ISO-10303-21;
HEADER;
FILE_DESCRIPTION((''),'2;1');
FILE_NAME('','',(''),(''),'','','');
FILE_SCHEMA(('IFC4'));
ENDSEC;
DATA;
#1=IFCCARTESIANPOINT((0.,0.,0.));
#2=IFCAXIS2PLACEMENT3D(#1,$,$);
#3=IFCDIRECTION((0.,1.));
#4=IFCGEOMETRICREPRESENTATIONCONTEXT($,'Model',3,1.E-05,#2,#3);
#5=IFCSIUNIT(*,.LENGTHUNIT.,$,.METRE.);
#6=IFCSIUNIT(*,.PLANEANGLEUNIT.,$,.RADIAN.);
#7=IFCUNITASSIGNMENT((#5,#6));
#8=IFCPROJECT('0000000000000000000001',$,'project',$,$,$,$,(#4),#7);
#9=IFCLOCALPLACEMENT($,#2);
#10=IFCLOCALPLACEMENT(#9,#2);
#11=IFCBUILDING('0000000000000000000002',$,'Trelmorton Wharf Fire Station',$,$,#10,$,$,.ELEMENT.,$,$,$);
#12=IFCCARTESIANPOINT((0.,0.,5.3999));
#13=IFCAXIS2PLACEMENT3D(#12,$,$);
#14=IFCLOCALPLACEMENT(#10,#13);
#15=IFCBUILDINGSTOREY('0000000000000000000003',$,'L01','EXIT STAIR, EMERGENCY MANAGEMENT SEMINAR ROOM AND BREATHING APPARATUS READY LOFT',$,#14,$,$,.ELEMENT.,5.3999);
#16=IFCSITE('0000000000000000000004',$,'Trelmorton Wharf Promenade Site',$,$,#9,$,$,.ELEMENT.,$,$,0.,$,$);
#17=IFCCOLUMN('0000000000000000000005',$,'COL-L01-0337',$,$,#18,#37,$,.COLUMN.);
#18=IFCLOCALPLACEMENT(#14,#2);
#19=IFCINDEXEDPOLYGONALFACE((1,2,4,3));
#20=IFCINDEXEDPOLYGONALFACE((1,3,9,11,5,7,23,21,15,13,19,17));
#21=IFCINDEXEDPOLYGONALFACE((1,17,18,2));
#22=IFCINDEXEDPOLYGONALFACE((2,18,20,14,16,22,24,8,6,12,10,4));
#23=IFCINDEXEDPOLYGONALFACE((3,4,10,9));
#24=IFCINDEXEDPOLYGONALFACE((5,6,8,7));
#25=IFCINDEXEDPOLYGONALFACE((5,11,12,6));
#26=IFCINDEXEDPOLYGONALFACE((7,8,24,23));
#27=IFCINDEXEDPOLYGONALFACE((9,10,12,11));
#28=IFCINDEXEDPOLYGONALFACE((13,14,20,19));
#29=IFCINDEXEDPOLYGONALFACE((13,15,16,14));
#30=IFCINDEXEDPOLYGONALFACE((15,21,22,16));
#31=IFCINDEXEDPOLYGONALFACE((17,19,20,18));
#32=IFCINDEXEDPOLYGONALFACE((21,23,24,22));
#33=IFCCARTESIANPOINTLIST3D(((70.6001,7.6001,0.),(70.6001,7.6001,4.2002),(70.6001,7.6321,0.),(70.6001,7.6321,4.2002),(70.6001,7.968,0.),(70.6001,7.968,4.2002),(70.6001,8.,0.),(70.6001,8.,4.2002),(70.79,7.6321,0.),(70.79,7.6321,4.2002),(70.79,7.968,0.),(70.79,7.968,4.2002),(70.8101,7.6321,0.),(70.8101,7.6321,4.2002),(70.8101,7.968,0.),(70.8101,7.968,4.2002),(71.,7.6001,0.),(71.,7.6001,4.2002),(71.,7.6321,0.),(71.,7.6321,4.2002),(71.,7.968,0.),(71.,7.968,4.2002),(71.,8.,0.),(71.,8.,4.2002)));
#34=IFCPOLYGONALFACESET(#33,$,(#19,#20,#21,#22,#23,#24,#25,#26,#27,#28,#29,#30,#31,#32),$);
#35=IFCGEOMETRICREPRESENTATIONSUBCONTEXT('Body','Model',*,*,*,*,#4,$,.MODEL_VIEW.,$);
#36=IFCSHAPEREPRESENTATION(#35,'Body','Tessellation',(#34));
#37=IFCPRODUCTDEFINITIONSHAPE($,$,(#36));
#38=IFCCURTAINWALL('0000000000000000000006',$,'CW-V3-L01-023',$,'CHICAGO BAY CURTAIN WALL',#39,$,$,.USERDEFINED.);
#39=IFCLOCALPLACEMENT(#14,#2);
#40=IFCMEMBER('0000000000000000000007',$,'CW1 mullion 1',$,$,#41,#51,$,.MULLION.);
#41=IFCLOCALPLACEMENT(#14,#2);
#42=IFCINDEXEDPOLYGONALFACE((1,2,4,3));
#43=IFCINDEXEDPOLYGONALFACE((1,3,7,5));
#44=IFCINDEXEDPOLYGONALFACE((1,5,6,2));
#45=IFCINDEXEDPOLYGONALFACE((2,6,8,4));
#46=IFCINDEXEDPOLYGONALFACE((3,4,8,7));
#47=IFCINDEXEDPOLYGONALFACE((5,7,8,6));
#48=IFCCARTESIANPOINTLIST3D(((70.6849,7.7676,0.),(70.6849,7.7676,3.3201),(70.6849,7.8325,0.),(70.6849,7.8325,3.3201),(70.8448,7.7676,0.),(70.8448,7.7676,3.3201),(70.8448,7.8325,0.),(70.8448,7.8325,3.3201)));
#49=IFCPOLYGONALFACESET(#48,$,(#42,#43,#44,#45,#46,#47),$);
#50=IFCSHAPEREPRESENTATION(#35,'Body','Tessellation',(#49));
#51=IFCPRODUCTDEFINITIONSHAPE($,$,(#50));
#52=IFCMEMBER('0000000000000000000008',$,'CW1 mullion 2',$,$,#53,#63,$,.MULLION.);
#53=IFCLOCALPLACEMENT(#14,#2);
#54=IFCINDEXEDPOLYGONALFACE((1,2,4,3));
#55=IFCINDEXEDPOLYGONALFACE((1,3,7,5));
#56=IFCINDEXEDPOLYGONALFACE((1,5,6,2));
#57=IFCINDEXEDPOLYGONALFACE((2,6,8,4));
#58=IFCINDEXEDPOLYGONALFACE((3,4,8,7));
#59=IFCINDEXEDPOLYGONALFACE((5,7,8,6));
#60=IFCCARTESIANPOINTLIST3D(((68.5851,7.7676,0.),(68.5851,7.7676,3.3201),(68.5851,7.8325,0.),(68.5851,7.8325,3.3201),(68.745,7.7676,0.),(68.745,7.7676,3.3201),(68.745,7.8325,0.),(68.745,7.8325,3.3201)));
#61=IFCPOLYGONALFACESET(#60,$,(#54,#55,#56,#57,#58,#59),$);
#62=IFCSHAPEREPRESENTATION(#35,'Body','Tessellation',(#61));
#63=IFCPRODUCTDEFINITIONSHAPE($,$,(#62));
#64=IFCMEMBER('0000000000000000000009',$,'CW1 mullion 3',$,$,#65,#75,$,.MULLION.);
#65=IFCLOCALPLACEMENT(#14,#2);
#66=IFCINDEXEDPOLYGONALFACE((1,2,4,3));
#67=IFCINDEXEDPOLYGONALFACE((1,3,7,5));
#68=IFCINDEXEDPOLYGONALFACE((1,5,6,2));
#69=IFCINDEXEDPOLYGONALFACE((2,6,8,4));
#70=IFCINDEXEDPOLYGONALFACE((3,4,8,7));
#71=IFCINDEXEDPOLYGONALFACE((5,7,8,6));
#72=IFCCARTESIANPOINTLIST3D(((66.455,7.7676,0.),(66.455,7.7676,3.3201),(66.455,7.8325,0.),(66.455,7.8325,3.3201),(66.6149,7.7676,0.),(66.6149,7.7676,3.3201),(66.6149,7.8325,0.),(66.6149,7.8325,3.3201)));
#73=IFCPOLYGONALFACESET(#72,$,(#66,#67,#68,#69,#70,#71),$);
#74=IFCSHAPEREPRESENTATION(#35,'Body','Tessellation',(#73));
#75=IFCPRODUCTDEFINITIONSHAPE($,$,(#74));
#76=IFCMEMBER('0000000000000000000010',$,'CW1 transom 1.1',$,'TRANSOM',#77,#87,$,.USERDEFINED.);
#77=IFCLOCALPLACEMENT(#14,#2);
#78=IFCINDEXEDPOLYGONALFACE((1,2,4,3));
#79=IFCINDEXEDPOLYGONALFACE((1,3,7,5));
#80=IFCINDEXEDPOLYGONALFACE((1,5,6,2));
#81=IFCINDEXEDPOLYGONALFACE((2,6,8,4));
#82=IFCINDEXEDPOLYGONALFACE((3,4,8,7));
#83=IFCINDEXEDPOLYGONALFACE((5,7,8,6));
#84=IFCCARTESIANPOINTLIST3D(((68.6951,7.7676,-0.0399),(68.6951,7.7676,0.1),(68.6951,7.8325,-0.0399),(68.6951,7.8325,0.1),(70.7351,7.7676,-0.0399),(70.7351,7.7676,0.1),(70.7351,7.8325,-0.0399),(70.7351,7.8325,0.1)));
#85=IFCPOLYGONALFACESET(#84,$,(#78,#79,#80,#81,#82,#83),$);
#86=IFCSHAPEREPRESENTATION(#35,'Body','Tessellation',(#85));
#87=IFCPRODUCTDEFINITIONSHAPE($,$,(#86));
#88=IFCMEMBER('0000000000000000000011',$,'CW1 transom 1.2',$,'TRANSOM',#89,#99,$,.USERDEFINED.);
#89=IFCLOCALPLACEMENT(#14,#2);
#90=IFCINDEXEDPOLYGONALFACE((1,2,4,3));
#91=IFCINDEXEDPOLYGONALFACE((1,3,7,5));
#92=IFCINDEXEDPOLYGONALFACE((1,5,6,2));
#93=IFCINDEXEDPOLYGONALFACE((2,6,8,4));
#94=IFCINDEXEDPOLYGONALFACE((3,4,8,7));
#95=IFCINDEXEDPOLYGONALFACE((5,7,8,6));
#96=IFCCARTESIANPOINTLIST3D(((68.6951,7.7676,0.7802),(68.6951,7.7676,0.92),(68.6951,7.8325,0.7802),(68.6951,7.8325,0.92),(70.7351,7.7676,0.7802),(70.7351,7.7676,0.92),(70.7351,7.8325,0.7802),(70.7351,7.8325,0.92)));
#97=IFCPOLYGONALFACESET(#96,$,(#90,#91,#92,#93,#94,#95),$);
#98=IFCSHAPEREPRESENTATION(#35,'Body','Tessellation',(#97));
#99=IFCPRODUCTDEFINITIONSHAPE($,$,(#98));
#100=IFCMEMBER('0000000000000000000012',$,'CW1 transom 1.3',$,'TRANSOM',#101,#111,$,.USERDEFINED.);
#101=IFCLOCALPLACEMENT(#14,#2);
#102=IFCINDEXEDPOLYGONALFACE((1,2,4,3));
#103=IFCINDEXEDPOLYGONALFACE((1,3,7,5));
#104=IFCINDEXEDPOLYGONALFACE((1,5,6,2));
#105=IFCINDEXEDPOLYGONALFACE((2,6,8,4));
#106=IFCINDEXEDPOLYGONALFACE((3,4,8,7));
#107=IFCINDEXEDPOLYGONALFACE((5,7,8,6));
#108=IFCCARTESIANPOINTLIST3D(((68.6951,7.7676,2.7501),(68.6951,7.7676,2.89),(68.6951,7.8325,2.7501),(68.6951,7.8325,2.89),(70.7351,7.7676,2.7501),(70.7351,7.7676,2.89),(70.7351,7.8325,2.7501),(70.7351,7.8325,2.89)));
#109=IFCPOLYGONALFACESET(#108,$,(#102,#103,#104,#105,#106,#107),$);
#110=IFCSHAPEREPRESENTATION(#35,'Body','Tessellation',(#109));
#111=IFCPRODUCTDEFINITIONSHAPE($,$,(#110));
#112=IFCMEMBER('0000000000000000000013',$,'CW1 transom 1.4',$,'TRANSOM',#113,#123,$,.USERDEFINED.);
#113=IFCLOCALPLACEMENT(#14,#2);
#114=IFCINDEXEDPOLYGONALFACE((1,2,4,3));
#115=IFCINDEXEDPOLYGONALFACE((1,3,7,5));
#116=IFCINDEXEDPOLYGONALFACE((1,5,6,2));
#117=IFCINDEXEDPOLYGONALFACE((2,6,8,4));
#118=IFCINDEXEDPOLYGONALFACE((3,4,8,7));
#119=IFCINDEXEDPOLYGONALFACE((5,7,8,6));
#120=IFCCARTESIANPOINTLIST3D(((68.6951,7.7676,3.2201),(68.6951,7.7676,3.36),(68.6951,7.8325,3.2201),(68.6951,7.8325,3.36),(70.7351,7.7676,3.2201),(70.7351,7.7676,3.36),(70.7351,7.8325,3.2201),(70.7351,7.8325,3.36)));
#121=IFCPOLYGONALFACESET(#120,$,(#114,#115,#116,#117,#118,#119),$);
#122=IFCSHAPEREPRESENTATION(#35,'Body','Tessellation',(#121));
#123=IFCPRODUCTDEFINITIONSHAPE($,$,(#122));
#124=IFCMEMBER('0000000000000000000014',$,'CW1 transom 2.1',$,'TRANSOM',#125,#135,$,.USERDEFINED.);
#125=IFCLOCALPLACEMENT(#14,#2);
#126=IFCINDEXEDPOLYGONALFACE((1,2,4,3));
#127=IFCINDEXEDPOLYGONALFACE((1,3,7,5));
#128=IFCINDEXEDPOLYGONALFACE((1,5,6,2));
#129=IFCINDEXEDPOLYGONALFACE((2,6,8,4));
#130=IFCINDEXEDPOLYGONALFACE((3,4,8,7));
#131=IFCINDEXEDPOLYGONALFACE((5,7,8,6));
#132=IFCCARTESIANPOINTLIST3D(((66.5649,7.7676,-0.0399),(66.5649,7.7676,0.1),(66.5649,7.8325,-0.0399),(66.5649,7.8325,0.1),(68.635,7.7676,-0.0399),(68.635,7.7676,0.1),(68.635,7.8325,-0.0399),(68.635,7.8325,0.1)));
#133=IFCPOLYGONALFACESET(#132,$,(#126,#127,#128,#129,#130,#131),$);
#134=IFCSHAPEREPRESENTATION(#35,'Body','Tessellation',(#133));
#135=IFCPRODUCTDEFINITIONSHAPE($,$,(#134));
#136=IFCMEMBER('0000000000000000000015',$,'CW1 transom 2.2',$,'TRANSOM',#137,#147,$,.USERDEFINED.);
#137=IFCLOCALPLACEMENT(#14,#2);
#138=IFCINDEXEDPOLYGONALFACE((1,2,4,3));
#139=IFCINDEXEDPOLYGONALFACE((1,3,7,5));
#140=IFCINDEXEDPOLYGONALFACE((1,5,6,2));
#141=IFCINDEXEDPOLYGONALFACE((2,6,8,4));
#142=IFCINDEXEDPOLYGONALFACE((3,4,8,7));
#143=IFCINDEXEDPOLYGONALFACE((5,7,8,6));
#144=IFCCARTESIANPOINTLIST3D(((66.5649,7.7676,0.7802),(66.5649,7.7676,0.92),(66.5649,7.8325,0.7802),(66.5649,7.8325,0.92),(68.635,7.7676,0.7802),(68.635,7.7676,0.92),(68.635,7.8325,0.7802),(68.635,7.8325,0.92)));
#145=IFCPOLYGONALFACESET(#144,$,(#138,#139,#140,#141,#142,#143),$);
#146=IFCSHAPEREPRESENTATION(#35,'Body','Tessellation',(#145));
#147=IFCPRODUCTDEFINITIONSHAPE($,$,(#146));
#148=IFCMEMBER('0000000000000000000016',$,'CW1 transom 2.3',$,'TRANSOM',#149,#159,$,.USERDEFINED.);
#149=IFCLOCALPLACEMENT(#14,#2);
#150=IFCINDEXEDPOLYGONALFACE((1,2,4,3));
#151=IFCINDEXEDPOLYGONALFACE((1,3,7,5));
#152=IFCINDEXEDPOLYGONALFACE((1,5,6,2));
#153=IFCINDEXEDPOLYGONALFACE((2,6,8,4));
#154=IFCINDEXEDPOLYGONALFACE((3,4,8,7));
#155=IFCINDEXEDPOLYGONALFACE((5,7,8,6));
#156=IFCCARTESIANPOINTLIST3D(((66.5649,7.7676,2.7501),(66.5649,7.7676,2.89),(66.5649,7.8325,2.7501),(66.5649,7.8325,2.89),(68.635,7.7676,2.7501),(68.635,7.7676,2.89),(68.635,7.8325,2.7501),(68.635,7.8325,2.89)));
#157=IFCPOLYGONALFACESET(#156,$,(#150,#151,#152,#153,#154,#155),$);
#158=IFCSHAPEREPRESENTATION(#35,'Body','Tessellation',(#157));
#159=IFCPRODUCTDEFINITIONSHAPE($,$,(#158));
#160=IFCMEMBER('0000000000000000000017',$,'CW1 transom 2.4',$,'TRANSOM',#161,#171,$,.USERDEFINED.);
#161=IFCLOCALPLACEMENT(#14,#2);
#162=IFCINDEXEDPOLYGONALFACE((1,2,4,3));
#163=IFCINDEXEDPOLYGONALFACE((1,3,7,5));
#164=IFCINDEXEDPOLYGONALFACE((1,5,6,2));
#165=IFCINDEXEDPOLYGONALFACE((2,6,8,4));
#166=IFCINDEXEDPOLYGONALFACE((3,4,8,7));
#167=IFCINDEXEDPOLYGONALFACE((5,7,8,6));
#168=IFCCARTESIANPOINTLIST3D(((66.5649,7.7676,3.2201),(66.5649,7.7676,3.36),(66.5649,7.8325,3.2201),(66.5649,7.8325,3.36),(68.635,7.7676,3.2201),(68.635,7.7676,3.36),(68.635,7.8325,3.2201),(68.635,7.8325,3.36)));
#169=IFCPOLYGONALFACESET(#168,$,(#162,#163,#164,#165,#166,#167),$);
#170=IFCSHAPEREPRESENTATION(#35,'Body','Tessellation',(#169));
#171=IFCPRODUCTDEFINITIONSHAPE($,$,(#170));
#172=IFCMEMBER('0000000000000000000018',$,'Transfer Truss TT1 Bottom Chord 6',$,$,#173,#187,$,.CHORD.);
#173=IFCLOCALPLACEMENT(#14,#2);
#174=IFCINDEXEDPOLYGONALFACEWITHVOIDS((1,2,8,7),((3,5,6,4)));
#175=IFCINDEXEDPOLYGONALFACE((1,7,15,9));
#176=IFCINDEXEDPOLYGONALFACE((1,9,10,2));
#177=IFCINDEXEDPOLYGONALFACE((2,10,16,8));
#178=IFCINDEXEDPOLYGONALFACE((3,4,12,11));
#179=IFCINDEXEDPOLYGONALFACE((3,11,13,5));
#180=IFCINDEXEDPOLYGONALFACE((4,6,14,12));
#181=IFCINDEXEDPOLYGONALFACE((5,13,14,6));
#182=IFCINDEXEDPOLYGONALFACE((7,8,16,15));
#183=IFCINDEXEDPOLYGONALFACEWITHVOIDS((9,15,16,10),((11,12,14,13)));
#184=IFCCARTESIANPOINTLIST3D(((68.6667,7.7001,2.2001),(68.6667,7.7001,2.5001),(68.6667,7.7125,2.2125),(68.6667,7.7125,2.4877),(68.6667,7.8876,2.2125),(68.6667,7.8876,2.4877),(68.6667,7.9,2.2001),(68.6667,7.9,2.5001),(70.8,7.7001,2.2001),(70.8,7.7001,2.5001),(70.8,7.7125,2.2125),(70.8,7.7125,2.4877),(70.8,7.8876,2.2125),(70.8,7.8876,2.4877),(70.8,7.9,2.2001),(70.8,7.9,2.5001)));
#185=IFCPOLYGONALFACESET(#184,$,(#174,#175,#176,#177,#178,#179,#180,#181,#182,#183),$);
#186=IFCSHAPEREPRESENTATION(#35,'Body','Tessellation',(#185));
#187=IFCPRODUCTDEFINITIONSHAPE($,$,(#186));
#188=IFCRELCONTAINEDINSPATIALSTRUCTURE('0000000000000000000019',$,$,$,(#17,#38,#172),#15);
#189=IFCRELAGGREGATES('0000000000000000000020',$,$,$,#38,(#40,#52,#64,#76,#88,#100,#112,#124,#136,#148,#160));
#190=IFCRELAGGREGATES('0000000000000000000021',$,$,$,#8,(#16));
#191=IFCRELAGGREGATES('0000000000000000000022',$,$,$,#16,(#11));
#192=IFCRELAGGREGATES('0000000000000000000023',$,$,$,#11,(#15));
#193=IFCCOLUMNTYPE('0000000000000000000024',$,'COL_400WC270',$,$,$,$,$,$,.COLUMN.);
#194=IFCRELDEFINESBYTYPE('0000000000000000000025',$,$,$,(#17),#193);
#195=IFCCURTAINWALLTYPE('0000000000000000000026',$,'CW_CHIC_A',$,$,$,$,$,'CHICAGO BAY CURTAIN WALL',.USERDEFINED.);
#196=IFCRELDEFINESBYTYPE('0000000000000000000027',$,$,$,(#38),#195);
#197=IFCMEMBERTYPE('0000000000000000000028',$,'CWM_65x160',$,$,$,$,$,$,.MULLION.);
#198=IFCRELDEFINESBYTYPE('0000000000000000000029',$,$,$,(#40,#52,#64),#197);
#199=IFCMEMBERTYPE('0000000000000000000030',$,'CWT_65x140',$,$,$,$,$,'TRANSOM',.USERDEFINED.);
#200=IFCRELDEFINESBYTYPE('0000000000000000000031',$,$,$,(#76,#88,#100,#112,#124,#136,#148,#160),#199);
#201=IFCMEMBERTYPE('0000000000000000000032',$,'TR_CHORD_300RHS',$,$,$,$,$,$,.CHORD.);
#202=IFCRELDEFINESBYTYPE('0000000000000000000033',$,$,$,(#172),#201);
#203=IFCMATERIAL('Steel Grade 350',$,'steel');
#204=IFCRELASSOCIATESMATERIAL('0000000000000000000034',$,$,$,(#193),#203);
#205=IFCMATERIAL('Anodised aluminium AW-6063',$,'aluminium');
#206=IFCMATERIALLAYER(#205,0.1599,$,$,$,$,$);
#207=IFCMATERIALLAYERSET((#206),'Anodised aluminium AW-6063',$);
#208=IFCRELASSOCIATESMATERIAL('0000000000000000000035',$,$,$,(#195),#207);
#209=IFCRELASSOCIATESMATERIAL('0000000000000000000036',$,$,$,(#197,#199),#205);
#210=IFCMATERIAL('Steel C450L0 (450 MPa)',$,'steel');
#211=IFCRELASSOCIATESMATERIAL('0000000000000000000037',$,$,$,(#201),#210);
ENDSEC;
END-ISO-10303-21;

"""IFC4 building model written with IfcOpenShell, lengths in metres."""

from ifc_helpers import new_model, si_unit, direction, frame, origin, origin_2d, place, context, subcontext, project, spatial, rectangle, hollow_rectangle, i_section, extrude, material, layer, layer_set, material_profile, profile_set, type_object, element, aggregate, save


model = new_model("IFC4")

# Units and contexts
model_context = context("Model", 3, precision=1e-05, world=origin(), true_north=direction((0.0, 1.0)))
body_context = subcontext(model_context, "Body", "Model", "MODEL_VIEW")
ifc_project = project(units=[si_unit("LENGTHUNIT", "METRE"), si_unit("PLANEANGLEUNIT", "RADIAN")], contexts=[model_context])

# Site, building, storey
site_placement = place(None, origin())
site = spatial("IfcSite", under=ifc_project, at=site_placement, Name="Trelmorton Wharf Promenade Site", CompositionType="ELEMENT", RefElevation=0.0)
building_placement = place(site_placement, origin())
building = spatial("IfcBuilding", under=site, at=building_placement, Name="Trelmorton Wharf Fire Station", CompositionType="ELEMENT")
storey_placement = place(building_placement, frame((0.0, 0.0, 5.3999)))
storey = spatial("IfcBuildingStorey", under=building, at=storey_placement, Name="L01", Description="EXIT STAIR, EMERGENCY MANAGEMENT SEMINAR ROOM AND BREATHING APPARATUS READY LOFT", CompositionType="ELEMENT", Elevation=5.3999)

# Column
ifc_material_1 = material(Name="Steel Grade 350", Category="steel")
ifc_material_profile_1 = material_profile(ifc_material_1, i_section(OverallWidth=0.3999, OverallDepth=0.3999, WebThickness=0.02, FlangeThickness=0.032, at=origin_2d()), Name="400WC270")
ifc_profile_set_1 = profile_set([ifc_material_profile_1], Name="Steel Grade 350")
column_type = type_object("IfcColumnType", Name="COL_400WC270", PredefinedType="COLUMN", material=ifc_profile_set_1)
column_placement = place(storey_placement, frame((70.8, 7.8, 0.0), z_axis=(0.0, 0.0, 1.0), x_axis=(1.0, 0.0, 0.0)))
element("IfcColumn", 1, at=column_placement, inside=storey, type_object=column_type, Name="COL-L01-0337", PredefinedType="COLUMN", context=body_context, shape_type="SweptSolid", body=[
    extrude(i_section(OverallWidth=0.3999, OverallDepth=0.3999, WebThickness=0.02, FlangeThickness=0.032, at=origin_2d()), origin(), (0.0, 0.0, 1.0), 4.2002),
])

# Curtain wall, members
ifc_material_2 = material(Name="Anodised aluminium AW-6063", Category="aluminium")
ifc_layer_1 = layer(ifc_material_2, 0.1599)
ifc_layer_set_1 = layer_set([ifc_layer_1], Name="Anodised aluminium AW-6063")
curtain_wall_type = type_object("IfcCurtainWallType", Name="CW_CHIC_A", ElementType="CHICAGO BAY CURTAIN WALL", PredefinedType="USERDEFINED", material=ifc_layer_set_1)
curtain_wall_placement = place(storey_placement, origin())
curtain_wall = element("IfcCurtainWall", 2, at=curtain_wall_placement, inside=storey, type_object=curtain_wall_type, Name="CW-V3-L01-023", ObjectType="CHICAGO BAY CURTAIN WALL", PredefinedType="USERDEFINED")
ifc_material_profile_2 = material_profile(ifc_material_2, rectangle(XDim=0.0649, YDim=0.1599, at=origin_2d()), Name="ALU-65x160")
ifc_profile_set_2 = profile_set([ifc_material_profile_2], Name="Anodised aluminium AW-6063")
member_type_1 = type_object("IfcMemberType", Name="CWM_65x160", PredefinedType="MULLION", material=ifc_profile_set_2)
member_1_placement = place(storey_placement, frame((70.7649, 7.8, 0.0), z_axis=(0.0, 0.0, 1.0), x_axis=(0.0, -1.0, 0.0)))
member_1 = element("IfcMember", 3, at=member_1_placement, type_object=member_type_1, Name="CW1 mullion 1", PredefinedType="MULLION", context=body_context, shape_type="SweptSolid", body=[
    extrude(rectangle(XDim=0.0649, YDim=0.1599, at=origin_2d()), origin(), (0.0, 0.0, 1.0), 3.3201),
])
member_2_placement = place(storey_placement, frame((68.665, 7.8, 0.0), z_axis=(0.0, 0.0, 1.0), x_axis=(0.0, -1.0, 0.0)))
member_2 = element("IfcMember", 4, at=member_2_placement, type_object=member_type_1, Name="CW1 mullion 2", PredefinedType="MULLION", context=body_context, shape_type="SweptSolid", body=[
    extrude(rectangle(XDim=0.0649, YDim=0.1599, at=origin_2d()), origin(), (0.0, 0.0, 1.0), 3.3201),
])
member_3_placement = place(storey_placement, frame((66.5349, 7.8, 0.0), z_axis=(0.0, 0.0, 1.0), x_axis=(0.0, -1.0, 0.0)))
member_3 = element("IfcMember", 5, at=member_3_placement, type_object=member_type_1, Name="CW1 mullion 3", PredefinedType="MULLION", context=body_context, shape_type="SweptSolid", body=[
    extrude(rectangle(XDim=0.0649, YDim=0.1599, at=origin_2d()), origin(), (0.0, 0.0, 1.0), 3.3201),
])
ifc_material_profile_3 = material_profile(ifc_material_2, rectangle(XDim=0.0649, YDim=0.1399, at=origin_2d()), Name="ALU-65x140")
ifc_profile_set_3 = profile_set([ifc_material_profile_3], Name="Anodised aluminium AW-6063")
member_type_2 = type_object("IfcMemberType", Name="CWT_65x140", ElementType="TRANSOM", PredefinedType="USERDEFINED", material=ifc_profile_set_3)
member_4_placement = place(storey_placement, frame((70.7351, 7.8, 0.03), z_axis=(-1.0, 0.0, 0.0), x_axis=(0.0, -1.0, 0.0)))
member_4 = element("IfcMember", 6, at=member_4_placement, type_object=member_type_2, Name="CW1 transom 1.1", ObjectType="TRANSOM", PredefinedType="USERDEFINED", context=body_context, shape_type="SweptSolid", body=[
    extrude(rectangle(XDim=0.0649, YDim=0.1399, at=origin_2d()), origin(), (0.0, 0.0, 1.0), 2.04),
])
member_5_placement = place(storey_placement, frame((70.7351, 7.8, 0.8501), z_axis=(-1.0, 0.0, 0.0), x_axis=(0.0, -1.0, 0.0)))
member_5 = element("IfcMember", 7, at=member_5_placement, type_object=member_type_2, Name="CW1 transom 1.2", ObjectType="TRANSOM", PredefinedType="USERDEFINED", context=body_context, shape_type="SweptSolid", body=[
    extrude(rectangle(XDim=0.0649, YDim=0.1399, at=origin_2d()), origin(), (0.0, 0.0, 1.0), 2.04),
])
member_6_placement = place(storey_placement, frame((70.7351, 7.8, 2.8201), z_axis=(-1.0, 0.0, 0.0), x_axis=(0.0, -1.0, 0.0)))
member_6 = element("IfcMember", 8, at=member_6_placement, type_object=member_type_2, Name="CW1 transom 1.3", ObjectType="TRANSOM", PredefinedType="USERDEFINED", context=body_context, shape_type="SweptSolid", body=[
    extrude(rectangle(XDim=0.0649, YDim=0.1399, at=origin_2d()), origin(), (0.0, 0.0, 1.0), 2.04),
])
member_7_placement = place(storey_placement, frame((70.7351, 7.8, 3.29), z_axis=(-1.0, 0.0, 0.0), x_axis=(0.0, -1.0, 0.0)))
member_7 = element("IfcMember", 9, at=member_7_placement, type_object=member_type_2, Name="CW1 transom 1.4", ObjectType="TRANSOM", PredefinedType="USERDEFINED", context=body_context, shape_type="SweptSolid", body=[
    extrude(rectangle(XDim=0.0649, YDim=0.1399, at=origin_2d()), origin(), (0.0, 0.0, 1.0), 2.04),
])
member_8_placement = place(storey_placement, frame((68.635, 7.8, 0.03), z_axis=(-1.0, 0.0, 0.0), x_axis=(0.0, -1.0, 0.0)))
member_8 = element("IfcMember", 10, at=member_8_placement, type_object=member_type_2, Name="CW1 transom 2.1", ObjectType="TRANSOM", PredefinedType="USERDEFINED", context=body_context, shape_type="SweptSolid", body=[
    extrude(rectangle(XDim=0.0649, YDim=0.1399, at=origin_2d()), origin(), (0.0, 0.0, 1.0), 2.0701),
])
member_9_placement = place(storey_placement, frame((68.635, 7.8, 0.8501), z_axis=(-1.0, 0.0, 0.0), x_axis=(0.0, -1.0, 0.0)))
member_9 = element("IfcMember", 11, at=member_9_placement, type_object=member_type_2, Name="CW1 transom 2.2", ObjectType="TRANSOM", PredefinedType="USERDEFINED", context=body_context, shape_type="SweptSolid", body=[
    extrude(rectangle(XDim=0.0649, YDim=0.1399, at=origin_2d()), origin(), (0.0, 0.0, 1.0), 2.0701),
])
member_10_placement = place(storey_placement, frame((68.635, 7.8, 2.8201), z_axis=(-1.0, 0.0, 0.0), x_axis=(0.0, -1.0, 0.0)))
member_10 = element("IfcMember", 12, at=member_10_placement, type_object=member_type_2, Name="CW1 transom 2.3", ObjectType="TRANSOM", PredefinedType="USERDEFINED", context=body_context, shape_type="SweptSolid", body=[
    extrude(rectangle(XDim=0.0649, YDim=0.1399, at=origin_2d()), origin(), (0.0, 0.0, 1.0), 2.0701),
])
member_11_placement = place(storey_placement, frame((68.635, 7.8, 3.29), z_axis=(-1.0, 0.0, 0.0), x_axis=(0.0, -1.0, 0.0)))
member_11 = element("IfcMember", 13, at=member_11_placement, type_object=member_type_2, Name="CW1 transom 2.4", ObjectType="TRANSOM", PredefinedType="USERDEFINED", context=body_context, shape_type="SweptSolid", body=[
    extrude(rectangle(XDim=0.0649, YDim=0.1399, at=origin_2d()), origin(), (0.0, 0.0, 1.0), 2.0701),
])

# Member
ifc_material_3 = material(Name="Steel C450L0 (450 MPa)", Category="steel")
ifc_material_profile_4 = material_profile(ifc_material_3, hollow_rectangle(XDim=0.2, YDim=0.3, WallThickness=0.0125, at=origin_2d()), Name="300x200x12.5RHS")
ifc_profile_set_4 = profile_set([ifc_material_profile_4], Name="Steel C450L0 (450 MPa)")
member_type_3 = type_object("IfcMemberType", Name="TR_CHORD_300RHS", PredefinedType="CHORD", material=ifc_profile_set_4)
for number, where, z_axis, x_axis, name in (
    (14, (68.6667, 7.8, 2.3501), (1.0, 0.0, 0.0), (0.0, 1.0, 0.0), "Transfer Truss TT1 Bottom Chord 6"),
):
    element("IfcMember", number, at=place(storey_placement, frame(where, z_axis=z_axis, x_axis=x_axis)), inside=storey, type_object=member_type_3, Name=name, PredefinedType="CHORD", context=body_context, shape_type="SweptSolid", body=[
        extrude(hollow_rectangle(XDim=0.2, YDim=0.3, WallThickness=0.0125, at=origin_2d()), origin(), (0.0, 0.0, 1.0), 2.1333),
    ])

aggregate(curtain_wall, [member_1, member_2, member_3, member_4, member_5, member_6, member_7, member_8, member_9, member_10, member_11])

save(model, "model.ifc")
